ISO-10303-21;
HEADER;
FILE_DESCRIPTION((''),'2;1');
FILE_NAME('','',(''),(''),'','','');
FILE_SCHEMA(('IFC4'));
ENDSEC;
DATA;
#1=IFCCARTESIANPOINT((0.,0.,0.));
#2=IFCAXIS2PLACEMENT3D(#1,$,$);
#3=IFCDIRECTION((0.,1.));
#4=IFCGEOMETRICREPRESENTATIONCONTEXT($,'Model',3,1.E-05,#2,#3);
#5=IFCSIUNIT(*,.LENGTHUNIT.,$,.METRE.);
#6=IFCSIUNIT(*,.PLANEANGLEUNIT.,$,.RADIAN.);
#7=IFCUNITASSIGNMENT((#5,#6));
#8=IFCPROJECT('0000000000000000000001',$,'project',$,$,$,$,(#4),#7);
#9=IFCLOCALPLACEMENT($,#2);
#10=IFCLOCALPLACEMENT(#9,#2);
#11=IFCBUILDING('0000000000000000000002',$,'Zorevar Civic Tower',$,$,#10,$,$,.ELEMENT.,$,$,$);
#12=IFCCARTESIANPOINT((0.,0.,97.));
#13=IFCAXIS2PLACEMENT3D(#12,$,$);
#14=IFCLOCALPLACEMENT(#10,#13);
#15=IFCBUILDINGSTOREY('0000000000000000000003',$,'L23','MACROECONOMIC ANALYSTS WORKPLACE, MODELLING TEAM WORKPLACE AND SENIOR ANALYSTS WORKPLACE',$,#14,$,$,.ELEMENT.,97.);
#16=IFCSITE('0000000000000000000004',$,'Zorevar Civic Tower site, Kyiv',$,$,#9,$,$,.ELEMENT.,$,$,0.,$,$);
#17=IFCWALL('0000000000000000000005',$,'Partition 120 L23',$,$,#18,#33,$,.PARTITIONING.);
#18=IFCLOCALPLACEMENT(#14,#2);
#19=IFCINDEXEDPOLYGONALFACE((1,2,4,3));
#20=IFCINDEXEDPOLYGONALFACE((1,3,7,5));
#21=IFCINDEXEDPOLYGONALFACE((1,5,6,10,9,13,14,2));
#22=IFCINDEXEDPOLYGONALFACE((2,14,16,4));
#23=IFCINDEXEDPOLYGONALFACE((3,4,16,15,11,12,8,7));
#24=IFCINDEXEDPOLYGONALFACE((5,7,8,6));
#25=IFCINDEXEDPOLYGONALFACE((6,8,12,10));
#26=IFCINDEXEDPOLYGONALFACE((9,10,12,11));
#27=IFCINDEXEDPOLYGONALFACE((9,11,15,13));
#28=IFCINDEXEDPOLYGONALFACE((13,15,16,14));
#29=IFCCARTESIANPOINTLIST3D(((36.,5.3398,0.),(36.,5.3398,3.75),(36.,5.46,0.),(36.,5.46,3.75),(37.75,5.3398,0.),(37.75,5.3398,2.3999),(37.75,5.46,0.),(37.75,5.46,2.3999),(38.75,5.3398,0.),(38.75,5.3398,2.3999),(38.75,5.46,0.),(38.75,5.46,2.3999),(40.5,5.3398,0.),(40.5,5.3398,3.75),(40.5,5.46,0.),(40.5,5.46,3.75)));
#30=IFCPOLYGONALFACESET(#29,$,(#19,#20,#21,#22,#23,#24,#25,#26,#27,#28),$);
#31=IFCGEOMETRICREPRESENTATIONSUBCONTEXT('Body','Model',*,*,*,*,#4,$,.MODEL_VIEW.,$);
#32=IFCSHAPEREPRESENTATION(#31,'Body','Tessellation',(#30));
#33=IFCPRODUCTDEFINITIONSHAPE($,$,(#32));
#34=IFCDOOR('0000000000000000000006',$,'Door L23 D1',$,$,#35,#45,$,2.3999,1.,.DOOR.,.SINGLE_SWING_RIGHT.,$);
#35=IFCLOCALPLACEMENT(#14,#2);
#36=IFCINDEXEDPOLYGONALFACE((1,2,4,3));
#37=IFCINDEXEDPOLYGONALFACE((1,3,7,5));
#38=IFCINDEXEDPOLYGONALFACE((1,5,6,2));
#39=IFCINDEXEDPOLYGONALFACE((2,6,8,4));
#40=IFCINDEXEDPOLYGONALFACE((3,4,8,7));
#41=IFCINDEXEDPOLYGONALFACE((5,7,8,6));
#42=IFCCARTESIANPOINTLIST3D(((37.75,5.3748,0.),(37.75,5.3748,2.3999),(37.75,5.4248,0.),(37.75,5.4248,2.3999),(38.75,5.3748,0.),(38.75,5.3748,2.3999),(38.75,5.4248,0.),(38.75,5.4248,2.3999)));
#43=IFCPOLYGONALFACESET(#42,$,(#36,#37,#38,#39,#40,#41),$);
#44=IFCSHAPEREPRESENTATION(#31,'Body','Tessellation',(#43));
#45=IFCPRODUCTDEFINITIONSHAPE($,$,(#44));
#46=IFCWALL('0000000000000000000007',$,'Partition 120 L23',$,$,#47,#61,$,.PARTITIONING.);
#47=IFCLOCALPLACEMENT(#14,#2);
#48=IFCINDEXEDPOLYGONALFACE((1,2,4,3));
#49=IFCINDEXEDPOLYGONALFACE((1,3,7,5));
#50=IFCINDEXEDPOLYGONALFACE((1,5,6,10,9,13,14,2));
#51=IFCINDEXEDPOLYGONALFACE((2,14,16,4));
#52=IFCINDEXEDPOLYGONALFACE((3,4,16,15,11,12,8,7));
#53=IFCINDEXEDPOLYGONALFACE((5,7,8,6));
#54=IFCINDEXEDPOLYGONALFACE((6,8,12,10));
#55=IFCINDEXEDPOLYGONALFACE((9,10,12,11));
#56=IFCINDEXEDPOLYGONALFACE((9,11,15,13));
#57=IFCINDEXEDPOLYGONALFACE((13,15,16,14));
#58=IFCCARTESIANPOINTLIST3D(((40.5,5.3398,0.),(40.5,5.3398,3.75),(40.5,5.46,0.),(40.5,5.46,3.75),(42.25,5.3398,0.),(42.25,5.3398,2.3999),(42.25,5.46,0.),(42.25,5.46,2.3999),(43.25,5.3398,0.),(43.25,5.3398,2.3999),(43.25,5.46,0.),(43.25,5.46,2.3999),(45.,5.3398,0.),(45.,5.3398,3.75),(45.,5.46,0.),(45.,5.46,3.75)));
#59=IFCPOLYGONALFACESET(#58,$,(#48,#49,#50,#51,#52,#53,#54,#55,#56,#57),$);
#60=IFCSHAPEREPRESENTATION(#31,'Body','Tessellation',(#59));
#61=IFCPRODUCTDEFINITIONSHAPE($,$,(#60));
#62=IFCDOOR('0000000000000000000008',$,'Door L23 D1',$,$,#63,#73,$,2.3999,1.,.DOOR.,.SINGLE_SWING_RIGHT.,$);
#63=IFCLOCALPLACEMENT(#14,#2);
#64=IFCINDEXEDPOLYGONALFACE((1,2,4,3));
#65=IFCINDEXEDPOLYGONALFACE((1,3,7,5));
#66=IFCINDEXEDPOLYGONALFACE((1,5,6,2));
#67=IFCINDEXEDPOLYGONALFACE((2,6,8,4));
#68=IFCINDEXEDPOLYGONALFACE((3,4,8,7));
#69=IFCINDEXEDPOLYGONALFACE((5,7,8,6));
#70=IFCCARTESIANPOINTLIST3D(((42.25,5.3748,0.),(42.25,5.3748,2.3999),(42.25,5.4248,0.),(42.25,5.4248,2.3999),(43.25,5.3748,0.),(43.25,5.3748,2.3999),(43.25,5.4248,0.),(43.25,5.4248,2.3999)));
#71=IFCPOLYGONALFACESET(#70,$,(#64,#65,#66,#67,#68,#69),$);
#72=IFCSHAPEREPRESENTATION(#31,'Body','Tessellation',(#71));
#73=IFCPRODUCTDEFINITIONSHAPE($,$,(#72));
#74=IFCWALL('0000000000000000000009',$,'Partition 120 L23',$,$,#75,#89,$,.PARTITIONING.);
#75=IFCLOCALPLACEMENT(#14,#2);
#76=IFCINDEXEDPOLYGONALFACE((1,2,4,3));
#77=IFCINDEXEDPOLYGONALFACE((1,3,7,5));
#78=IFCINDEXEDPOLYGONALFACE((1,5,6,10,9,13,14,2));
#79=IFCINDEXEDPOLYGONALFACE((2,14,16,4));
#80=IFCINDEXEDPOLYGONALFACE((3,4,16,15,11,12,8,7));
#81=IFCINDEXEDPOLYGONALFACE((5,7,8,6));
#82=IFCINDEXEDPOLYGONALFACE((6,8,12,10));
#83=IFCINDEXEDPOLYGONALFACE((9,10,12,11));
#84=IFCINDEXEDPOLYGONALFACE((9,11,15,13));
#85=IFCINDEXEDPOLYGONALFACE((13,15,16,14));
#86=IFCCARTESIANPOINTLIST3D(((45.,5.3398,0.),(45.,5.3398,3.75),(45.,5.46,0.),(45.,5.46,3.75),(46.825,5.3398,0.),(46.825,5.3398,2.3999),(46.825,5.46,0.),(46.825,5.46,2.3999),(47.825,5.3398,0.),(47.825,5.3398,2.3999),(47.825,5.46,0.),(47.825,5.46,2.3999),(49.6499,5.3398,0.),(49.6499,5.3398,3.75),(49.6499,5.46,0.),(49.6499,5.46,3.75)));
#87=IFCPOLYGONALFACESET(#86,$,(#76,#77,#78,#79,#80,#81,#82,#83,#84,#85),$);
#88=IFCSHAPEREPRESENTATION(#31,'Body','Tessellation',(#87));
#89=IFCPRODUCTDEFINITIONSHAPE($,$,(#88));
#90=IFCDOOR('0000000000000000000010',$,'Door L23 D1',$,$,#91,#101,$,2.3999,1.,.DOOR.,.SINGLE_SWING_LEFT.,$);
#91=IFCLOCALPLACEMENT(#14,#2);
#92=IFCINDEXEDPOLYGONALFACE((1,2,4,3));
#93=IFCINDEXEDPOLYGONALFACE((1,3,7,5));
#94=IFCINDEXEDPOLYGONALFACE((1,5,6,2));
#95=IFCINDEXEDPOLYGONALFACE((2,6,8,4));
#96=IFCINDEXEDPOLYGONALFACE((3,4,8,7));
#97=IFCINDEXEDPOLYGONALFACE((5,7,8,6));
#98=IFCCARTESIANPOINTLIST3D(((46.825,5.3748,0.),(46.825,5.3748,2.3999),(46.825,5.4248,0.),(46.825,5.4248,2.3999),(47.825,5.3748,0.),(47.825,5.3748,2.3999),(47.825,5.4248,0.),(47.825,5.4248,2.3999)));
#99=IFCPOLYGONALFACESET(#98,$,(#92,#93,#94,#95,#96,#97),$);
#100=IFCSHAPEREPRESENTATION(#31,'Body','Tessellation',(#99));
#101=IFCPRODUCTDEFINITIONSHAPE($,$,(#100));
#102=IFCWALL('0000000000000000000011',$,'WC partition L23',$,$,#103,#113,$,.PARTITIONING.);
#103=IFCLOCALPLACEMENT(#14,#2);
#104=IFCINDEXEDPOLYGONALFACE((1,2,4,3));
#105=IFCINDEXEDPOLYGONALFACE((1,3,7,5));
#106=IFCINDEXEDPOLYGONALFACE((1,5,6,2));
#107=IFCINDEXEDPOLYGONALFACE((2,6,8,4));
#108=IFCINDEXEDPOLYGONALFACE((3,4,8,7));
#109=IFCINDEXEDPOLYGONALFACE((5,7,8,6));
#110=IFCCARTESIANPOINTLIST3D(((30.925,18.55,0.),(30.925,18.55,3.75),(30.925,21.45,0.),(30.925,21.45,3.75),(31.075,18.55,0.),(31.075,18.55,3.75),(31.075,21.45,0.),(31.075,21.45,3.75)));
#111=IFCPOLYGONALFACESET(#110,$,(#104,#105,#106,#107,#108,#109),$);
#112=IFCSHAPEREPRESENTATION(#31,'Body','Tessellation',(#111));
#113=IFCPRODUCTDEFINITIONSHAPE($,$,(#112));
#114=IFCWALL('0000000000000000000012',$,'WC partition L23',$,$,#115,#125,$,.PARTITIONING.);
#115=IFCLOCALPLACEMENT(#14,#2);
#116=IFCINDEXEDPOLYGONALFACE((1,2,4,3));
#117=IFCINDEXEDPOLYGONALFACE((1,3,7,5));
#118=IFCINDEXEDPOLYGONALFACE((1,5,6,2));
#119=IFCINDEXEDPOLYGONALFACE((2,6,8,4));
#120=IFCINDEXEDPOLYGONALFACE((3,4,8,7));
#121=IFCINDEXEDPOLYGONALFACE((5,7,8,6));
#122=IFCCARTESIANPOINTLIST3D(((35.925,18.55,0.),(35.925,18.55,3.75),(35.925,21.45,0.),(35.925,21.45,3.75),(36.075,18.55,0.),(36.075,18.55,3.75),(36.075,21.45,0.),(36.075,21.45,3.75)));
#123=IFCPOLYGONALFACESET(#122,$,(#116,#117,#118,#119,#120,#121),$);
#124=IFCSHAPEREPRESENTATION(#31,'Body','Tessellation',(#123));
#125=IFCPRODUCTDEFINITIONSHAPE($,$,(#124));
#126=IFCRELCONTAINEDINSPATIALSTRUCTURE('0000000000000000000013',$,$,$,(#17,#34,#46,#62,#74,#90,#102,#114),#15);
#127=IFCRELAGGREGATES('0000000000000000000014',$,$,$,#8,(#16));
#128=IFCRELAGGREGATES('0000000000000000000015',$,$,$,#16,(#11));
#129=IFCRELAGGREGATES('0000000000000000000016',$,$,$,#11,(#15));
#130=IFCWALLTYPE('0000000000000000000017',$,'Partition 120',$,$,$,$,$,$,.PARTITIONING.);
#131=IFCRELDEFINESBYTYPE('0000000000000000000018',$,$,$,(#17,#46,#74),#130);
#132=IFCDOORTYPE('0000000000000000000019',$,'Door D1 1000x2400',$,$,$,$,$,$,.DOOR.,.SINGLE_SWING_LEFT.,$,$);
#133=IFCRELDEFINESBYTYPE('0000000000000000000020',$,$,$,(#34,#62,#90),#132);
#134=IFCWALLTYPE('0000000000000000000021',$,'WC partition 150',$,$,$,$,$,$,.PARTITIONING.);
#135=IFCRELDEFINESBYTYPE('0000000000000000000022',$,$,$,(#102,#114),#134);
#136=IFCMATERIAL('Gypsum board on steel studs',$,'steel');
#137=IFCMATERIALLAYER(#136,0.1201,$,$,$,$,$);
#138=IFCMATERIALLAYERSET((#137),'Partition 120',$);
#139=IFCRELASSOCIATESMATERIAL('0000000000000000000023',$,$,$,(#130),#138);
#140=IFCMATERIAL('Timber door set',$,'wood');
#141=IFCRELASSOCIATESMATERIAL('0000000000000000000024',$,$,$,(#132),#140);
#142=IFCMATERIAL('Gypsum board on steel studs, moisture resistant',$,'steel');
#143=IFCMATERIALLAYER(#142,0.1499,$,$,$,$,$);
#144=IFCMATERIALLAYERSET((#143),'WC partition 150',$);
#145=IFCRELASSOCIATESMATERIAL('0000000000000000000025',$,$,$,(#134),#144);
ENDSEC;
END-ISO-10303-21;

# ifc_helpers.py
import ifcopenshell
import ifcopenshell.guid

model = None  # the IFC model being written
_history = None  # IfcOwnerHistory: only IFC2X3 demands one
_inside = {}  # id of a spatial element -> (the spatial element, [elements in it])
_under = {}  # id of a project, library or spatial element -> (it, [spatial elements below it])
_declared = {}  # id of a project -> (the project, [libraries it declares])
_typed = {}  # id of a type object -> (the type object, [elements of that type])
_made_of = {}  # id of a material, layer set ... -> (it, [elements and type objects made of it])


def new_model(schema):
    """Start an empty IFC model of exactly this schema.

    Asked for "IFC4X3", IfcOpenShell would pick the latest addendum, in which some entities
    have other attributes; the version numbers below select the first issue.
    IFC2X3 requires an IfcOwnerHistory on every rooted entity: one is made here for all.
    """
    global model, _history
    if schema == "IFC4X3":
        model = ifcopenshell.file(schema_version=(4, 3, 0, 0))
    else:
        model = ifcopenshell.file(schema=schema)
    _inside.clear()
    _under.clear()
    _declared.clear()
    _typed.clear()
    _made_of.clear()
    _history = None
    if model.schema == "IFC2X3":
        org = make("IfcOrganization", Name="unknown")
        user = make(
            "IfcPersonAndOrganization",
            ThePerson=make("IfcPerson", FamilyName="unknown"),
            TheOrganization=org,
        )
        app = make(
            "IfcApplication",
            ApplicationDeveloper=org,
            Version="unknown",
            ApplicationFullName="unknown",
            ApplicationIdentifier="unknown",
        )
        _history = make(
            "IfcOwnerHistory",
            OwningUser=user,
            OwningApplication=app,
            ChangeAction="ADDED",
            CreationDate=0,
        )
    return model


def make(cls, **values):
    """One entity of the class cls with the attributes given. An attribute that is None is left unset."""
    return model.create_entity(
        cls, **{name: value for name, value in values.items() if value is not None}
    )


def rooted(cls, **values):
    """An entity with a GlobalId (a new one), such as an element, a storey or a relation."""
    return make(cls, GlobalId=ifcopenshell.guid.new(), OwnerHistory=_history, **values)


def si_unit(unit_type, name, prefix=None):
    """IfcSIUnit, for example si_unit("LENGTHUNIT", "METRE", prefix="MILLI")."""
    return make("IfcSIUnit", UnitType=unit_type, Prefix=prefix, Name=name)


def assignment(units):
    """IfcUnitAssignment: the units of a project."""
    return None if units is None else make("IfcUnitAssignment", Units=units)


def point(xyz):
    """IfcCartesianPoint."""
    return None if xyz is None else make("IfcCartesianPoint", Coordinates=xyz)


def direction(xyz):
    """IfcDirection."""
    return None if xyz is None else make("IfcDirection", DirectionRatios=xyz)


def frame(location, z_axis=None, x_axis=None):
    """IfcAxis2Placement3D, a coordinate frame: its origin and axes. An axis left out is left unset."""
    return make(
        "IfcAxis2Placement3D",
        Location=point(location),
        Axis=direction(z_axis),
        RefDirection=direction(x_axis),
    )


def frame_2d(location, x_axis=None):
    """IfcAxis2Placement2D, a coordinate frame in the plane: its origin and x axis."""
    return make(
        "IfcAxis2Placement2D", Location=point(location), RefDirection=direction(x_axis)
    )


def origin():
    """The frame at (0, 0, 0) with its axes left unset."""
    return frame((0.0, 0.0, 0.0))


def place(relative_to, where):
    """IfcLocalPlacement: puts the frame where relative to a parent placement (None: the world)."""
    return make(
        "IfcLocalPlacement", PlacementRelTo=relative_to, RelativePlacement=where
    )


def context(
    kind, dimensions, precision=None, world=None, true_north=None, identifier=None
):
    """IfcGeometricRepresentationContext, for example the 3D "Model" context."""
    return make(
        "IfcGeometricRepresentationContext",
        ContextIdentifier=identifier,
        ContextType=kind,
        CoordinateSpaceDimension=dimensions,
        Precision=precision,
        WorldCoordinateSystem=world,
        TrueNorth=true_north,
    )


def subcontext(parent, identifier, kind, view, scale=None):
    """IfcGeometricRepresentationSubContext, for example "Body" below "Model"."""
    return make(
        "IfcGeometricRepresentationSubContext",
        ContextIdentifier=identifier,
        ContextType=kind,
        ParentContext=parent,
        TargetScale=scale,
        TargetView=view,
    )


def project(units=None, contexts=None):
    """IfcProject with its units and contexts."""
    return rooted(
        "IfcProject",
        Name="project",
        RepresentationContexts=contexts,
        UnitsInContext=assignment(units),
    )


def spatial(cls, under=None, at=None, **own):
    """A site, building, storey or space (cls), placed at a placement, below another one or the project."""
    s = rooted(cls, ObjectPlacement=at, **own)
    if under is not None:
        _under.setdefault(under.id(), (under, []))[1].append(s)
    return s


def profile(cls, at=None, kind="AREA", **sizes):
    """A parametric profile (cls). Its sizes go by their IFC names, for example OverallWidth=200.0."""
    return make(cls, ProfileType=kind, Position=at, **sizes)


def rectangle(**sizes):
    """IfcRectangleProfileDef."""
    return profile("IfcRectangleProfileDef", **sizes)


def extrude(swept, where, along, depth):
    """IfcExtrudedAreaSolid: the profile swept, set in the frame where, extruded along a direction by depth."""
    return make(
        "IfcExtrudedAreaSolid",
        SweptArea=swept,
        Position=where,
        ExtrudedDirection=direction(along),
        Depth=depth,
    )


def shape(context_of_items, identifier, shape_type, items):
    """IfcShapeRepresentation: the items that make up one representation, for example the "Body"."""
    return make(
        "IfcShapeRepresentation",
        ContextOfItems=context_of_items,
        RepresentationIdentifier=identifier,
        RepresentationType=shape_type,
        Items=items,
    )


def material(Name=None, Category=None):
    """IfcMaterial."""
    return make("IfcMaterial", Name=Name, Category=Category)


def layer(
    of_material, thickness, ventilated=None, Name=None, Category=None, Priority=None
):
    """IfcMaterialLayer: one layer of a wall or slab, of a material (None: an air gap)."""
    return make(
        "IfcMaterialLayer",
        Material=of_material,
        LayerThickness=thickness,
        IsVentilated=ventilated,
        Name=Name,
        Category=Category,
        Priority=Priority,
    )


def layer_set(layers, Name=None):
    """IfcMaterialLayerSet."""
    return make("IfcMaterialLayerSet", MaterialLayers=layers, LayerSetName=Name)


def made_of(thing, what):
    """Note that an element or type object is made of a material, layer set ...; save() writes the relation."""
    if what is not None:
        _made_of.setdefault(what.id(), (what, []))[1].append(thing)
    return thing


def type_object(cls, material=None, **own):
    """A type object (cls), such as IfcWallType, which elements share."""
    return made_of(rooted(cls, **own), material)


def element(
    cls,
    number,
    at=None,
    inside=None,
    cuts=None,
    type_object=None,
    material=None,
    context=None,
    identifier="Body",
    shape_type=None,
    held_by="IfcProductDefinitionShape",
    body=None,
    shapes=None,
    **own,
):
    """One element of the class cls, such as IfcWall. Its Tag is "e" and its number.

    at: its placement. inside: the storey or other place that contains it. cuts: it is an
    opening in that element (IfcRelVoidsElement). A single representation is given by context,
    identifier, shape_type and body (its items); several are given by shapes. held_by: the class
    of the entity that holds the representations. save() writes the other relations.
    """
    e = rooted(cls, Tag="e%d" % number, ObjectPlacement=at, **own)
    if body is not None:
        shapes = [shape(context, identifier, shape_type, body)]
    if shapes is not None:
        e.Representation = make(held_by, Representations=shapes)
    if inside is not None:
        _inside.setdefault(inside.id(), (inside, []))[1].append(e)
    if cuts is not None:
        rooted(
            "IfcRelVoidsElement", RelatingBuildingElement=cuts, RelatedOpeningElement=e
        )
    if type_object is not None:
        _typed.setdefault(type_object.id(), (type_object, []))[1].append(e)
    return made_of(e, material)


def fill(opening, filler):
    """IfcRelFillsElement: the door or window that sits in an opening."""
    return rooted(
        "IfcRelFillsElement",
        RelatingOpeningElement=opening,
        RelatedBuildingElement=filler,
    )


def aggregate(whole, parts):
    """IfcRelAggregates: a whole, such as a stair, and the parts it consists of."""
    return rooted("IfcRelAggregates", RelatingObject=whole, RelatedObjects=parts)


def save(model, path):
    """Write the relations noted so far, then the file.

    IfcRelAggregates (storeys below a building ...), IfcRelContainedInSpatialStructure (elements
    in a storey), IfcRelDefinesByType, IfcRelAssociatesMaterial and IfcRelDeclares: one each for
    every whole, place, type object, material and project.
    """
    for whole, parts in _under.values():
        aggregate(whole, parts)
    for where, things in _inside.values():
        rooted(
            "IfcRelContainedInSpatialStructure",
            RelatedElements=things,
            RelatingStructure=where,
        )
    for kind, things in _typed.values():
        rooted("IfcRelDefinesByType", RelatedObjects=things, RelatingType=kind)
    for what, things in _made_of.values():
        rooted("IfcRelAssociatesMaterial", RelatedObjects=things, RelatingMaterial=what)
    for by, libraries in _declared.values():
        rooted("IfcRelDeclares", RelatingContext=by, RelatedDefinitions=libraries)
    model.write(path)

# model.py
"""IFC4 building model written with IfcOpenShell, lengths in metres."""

from ifc_helpers import new_model, si_unit, direction, frame, frame_2d, origin, place, context, subcontext, project, spatial, rectangle, extrude, material, layer, layer_set, type_object, element, fill, save


model = new_model("IFC4")

# Units and contexts
model_context = context("Model", 3, precision=1e-05, world=origin(), true_north=direction((0.0, 1.0)))
body_context = subcontext(model_context, "Body", "Model", "MODEL_VIEW")
ifc_project = project(units=[si_unit("LENGTHUNIT", "METRE"), si_unit("PLANEANGLEUNIT", "RADIAN")], contexts=[model_context])

# Site, building, storey
site_placement = place(None, origin())
site = spatial("IfcSite", under=ifc_project, at=site_placement, Name="Zorevar Civic Tower site, Kyiv", CompositionType="ELEMENT", RefElevation=0.0)
building_placement = place(site_placement, origin())
building = spatial("IfcBuilding", under=site, at=building_placement, Name="Zorevar Civic Tower", CompositionType="ELEMENT")
storey_placement = place(building_placement, frame((0.0, 0.0, 97.0)))
storey = spatial("IfcBuildingStorey", under=building, at=storey_placement, Name="L23", Description="MACROECONOMIC ANALYSTS WORKPLACE, MODELLING TEAM WORKPLACE AND SENIOR ANALYSTS WORKPLACE", CompositionType="ELEMENT", Elevation=97.0)

# Walls, openings, doors
ifc_material_1 = material(Name="Gypsum board on steel studs", Category="steel")
ifc_layer_1 = layer(ifc_material_1, 0.1201)
ifc_layer_set_1 = layer_set([ifc_layer_1], Name="Partition 120")
wall_type_1 = type_object("IfcWallType", Name="Partition 120", PredefinedType="PARTITIONING", material=ifc_layer_set_1)
wall_1_placement = place(storey_placement, frame((36.0, 5.3999, 0.0), z_axis=(0.0, 0.0, 1.0), x_axis=(1.0, 0.0, 0.0)))
wall_1 = element("IfcWall", 1, at=wall_1_placement, inside=storey, type_object=wall_type_1, Name="Partition 120 L23", PredefinedType="PARTITIONING", context=body_context, shape_type="SweptSolid", body=[
    extrude(rectangle(XDim=4.5, YDim=0.1201, at=frame_2d((2.25, 0.0))), origin(), (0.0, 0.0, 1.0), 3.75),
])
opening_1_placement = place(wall_1_placement, frame((1.75, 0.0, 0.0)))
opening_1 = element("IfcOpeningElement", 2, at=opening_1_placement, cuts=wall_1, PredefinedType="OPENING", context=body_context, shape_type="SweptSolid", body=[
    extrude(rectangle(XDim=1.0, YDim=2.3999, at=frame_2d((0.5, 1.2))), frame((0.0, 0.0701, 0.0), z_axis=(0.0, -1.0, 0.0), x_axis=(1.0, 0.0, 0.0)), (0.0, 0.0, 1.0), 0.1401),
])
ifc_material_2 = material(Name="Timber door set", Category="wood")
door_type_1 = type_object("IfcDoorType", Name="Door D1 1000x2400", OperationType="SINGLE_SWING_LEFT", PredefinedType="DOOR", material=ifc_material_2)
door_1_placement = place(opening_1_placement, origin())
door_1 = element("IfcDoor", 3, at=door_1_placement, inside=storey, type_object=door_type_1, Name="Door L23 D1", OperationType="SINGLE_SWING_RIGHT", OverallHeight=2.3999, OverallWidth=1.0, PredefinedType="DOOR", context=body_context, shape_type="SweptSolid", body=[
    extrude(rectangle(XDim=1.0, YDim=2.3999, at=frame_2d((0.5, 1.2))), frame((0.0, 0.0249, 0.0), z_axis=(0.0, -1.0, 0.0), x_axis=(1.0, 0.0, 0.0)), (0.0, 0.0, 1.0), 0.05),
])
fill(opening_1, door_1)
wall_2_placement = place(storey_placement, frame((40.5, 5.3999, 0.0), z_axis=(0.0, 0.0, 1.0), x_axis=(1.0, 0.0, 0.0)))
wall_2 = element("IfcWall", 4, at=wall_2_placement, inside=storey, type_object=wall_type_1, Name="Partition 120 L23", PredefinedType="PARTITIONING", context=body_context, shape_type="SweptSolid", body=[
    extrude(rectangle(XDim=4.5, YDim=0.1201, at=frame_2d((2.25, 0.0))), origin(), (0.0, 0.0, 1.0), 3.75),
])
opening_2_placement = place(wall_2_placement, frame((1.75, 0.0, 0.0)))
opening_2 = element("IfcOpeningElement", 5, at=opening_2_placement, cuts=wall_2, PredefinedType="OPENING", context=body_context, shape_type="SweptSolid", body=[
    extrude(rectangle(XDim=1.0, YDim=2.3999, at=frame_2d((0.5, 1.2))), frame((0.0, 0.0701, 0.0), z_axis=(0.0, -1.0, 0.0), x_axis=(1.0, 0.0, 0.0)), (0.0, 0.0, 1.0), 0.1401),
])
door_2_placement = place(opening_2_placement, origin())
door_2 = element("IfcDoor", 6, at=door_2_placement, inside=storey, type_object=door_type_1, Name="Door L23 D1", OperationType="SINGLE_SWING_RIGHT", OverallHeight=2.3999, OverallWidth=1.0, PredefinedType="DOOR", context=body_context, shape_type="SweptSolid", body=[
    extrude(rectangle(XDim=1.0, YDim=2.3999, at=frame_2d((0.5, 1.2))), frame((0.0, 0.0249, 0.0), z_axis=(0.0, -1.0, 0.0), x_axis=(1.0, 0.0, 0.0)), (0.0, 0.0, 1.0), 0.05),
])
fill(opening_2, door_2)
wall_3_placement = place(storey_placement, frame((45.0, 5.3999, 0.0), z_axis=(0.0, 0.0, 1.0), x_axis=(1.0, 0.0, 0.0)))
wall_3 = element("IfcWall", 7, at=wall_3_placement, inside=storey, type_object=wall_type_1, Name="Partition 120 L23", PredefinedType="PARTITIONING", context=body_context, shape_type="SweptSolid", body=[
    extrude(rectangle(XDim=4.6499, YDim=0.1201, at=frame_2d((2.325, 0.0))), origin(), (0.0, 0.0, 1.0), 3.75),
])
opening_3_placement = place(wall_3_placement, frame((1.825, 0.0, 0.0)))
opening_3 = element("IfcOpeningElement", 8, at=opening_3_placement, cuts=wall_3, PredefinedType="OPENING", context=body_context, shape_type="SweptSolid", body=[
    extrude(rectangle(XDim=1.0, YDim=2.3999, at=frame_2d((0.5, 1.2))), frame((0.0, 0.0701, 0.0), z_axis=(0.0, -1.0, 0.0), x_axis=(1.0, 0.0, 0.0)), (0.0, 0.0, 1.0), 0.1401),
])
door_3_placement = place(opening_3_placement, origin())
door_3 = element("IfcDoor", 9, at=door_3_placement, inside=storey, type_object=door_type_1, Name="Door L23 D1", OperationType="SINGLE_SWING_LEFT", OverallHeight=2.3999, OverallWidth=1.0, PredefinedType="DOOR", context=body_context, shape_type="SweptSolid", body=[
    extrude(rectangle(XDim=1.0, YDim=2.3999, at=frame_2d((0.5, 1.2))), frame((0.0, 0.0249, 0.0), z_axis=(0.0, -1.0, 0.0), x_axis=(1.0, 0.0, 0.0)), (0.0, 0.0, 1.0), 0.05),
])
fill(opening_3, door_3)

# Walls
ifc_material_3 = material(Name="Gypsum board on steel studs, moisture resistant", Category="steel")
ifc_layer_2 = layer(ifc_material_3, 0.1499)
ifc_layer_set_2 = layer_set([ifc_layer_2], Name="WC partition 150")
wall_type_2 = type_object("IfcWallType", Name="WC partition 150", PredefinedType="PARTITIONING", material=ifc_layer_set_2)
for number, where, z_axis, x_axis, name in (
    (10, (31.0, 18.55, 0.0), (0.0, 0.0, 1.0), (0.0, 1.0, 0.0), "WC partition L23"),
    (11, (36.0, 18.55, 0.0), (0.0, 0.0, 1.0), (0.0, 1.0, 0.0), "WC partition L23"),
):
    element("IfcWall", number, at=place(storey_placement, frame(where, z_axis=z_axis, x_axis=x_axis)), inside=storey, type_object=wall_type_2, Name=name, PredefinedType="PARTITIONING", context=body_context, shape_type="SweptSolid", body=[
        extrude(rectangle(XDim=2.8999, YDim=0.1499, at=frame_2d((1.45, 0.0))), origin(), (0.0, 0.0, 1.0), 3.75),
    ])

save(model, "model.ifc")
